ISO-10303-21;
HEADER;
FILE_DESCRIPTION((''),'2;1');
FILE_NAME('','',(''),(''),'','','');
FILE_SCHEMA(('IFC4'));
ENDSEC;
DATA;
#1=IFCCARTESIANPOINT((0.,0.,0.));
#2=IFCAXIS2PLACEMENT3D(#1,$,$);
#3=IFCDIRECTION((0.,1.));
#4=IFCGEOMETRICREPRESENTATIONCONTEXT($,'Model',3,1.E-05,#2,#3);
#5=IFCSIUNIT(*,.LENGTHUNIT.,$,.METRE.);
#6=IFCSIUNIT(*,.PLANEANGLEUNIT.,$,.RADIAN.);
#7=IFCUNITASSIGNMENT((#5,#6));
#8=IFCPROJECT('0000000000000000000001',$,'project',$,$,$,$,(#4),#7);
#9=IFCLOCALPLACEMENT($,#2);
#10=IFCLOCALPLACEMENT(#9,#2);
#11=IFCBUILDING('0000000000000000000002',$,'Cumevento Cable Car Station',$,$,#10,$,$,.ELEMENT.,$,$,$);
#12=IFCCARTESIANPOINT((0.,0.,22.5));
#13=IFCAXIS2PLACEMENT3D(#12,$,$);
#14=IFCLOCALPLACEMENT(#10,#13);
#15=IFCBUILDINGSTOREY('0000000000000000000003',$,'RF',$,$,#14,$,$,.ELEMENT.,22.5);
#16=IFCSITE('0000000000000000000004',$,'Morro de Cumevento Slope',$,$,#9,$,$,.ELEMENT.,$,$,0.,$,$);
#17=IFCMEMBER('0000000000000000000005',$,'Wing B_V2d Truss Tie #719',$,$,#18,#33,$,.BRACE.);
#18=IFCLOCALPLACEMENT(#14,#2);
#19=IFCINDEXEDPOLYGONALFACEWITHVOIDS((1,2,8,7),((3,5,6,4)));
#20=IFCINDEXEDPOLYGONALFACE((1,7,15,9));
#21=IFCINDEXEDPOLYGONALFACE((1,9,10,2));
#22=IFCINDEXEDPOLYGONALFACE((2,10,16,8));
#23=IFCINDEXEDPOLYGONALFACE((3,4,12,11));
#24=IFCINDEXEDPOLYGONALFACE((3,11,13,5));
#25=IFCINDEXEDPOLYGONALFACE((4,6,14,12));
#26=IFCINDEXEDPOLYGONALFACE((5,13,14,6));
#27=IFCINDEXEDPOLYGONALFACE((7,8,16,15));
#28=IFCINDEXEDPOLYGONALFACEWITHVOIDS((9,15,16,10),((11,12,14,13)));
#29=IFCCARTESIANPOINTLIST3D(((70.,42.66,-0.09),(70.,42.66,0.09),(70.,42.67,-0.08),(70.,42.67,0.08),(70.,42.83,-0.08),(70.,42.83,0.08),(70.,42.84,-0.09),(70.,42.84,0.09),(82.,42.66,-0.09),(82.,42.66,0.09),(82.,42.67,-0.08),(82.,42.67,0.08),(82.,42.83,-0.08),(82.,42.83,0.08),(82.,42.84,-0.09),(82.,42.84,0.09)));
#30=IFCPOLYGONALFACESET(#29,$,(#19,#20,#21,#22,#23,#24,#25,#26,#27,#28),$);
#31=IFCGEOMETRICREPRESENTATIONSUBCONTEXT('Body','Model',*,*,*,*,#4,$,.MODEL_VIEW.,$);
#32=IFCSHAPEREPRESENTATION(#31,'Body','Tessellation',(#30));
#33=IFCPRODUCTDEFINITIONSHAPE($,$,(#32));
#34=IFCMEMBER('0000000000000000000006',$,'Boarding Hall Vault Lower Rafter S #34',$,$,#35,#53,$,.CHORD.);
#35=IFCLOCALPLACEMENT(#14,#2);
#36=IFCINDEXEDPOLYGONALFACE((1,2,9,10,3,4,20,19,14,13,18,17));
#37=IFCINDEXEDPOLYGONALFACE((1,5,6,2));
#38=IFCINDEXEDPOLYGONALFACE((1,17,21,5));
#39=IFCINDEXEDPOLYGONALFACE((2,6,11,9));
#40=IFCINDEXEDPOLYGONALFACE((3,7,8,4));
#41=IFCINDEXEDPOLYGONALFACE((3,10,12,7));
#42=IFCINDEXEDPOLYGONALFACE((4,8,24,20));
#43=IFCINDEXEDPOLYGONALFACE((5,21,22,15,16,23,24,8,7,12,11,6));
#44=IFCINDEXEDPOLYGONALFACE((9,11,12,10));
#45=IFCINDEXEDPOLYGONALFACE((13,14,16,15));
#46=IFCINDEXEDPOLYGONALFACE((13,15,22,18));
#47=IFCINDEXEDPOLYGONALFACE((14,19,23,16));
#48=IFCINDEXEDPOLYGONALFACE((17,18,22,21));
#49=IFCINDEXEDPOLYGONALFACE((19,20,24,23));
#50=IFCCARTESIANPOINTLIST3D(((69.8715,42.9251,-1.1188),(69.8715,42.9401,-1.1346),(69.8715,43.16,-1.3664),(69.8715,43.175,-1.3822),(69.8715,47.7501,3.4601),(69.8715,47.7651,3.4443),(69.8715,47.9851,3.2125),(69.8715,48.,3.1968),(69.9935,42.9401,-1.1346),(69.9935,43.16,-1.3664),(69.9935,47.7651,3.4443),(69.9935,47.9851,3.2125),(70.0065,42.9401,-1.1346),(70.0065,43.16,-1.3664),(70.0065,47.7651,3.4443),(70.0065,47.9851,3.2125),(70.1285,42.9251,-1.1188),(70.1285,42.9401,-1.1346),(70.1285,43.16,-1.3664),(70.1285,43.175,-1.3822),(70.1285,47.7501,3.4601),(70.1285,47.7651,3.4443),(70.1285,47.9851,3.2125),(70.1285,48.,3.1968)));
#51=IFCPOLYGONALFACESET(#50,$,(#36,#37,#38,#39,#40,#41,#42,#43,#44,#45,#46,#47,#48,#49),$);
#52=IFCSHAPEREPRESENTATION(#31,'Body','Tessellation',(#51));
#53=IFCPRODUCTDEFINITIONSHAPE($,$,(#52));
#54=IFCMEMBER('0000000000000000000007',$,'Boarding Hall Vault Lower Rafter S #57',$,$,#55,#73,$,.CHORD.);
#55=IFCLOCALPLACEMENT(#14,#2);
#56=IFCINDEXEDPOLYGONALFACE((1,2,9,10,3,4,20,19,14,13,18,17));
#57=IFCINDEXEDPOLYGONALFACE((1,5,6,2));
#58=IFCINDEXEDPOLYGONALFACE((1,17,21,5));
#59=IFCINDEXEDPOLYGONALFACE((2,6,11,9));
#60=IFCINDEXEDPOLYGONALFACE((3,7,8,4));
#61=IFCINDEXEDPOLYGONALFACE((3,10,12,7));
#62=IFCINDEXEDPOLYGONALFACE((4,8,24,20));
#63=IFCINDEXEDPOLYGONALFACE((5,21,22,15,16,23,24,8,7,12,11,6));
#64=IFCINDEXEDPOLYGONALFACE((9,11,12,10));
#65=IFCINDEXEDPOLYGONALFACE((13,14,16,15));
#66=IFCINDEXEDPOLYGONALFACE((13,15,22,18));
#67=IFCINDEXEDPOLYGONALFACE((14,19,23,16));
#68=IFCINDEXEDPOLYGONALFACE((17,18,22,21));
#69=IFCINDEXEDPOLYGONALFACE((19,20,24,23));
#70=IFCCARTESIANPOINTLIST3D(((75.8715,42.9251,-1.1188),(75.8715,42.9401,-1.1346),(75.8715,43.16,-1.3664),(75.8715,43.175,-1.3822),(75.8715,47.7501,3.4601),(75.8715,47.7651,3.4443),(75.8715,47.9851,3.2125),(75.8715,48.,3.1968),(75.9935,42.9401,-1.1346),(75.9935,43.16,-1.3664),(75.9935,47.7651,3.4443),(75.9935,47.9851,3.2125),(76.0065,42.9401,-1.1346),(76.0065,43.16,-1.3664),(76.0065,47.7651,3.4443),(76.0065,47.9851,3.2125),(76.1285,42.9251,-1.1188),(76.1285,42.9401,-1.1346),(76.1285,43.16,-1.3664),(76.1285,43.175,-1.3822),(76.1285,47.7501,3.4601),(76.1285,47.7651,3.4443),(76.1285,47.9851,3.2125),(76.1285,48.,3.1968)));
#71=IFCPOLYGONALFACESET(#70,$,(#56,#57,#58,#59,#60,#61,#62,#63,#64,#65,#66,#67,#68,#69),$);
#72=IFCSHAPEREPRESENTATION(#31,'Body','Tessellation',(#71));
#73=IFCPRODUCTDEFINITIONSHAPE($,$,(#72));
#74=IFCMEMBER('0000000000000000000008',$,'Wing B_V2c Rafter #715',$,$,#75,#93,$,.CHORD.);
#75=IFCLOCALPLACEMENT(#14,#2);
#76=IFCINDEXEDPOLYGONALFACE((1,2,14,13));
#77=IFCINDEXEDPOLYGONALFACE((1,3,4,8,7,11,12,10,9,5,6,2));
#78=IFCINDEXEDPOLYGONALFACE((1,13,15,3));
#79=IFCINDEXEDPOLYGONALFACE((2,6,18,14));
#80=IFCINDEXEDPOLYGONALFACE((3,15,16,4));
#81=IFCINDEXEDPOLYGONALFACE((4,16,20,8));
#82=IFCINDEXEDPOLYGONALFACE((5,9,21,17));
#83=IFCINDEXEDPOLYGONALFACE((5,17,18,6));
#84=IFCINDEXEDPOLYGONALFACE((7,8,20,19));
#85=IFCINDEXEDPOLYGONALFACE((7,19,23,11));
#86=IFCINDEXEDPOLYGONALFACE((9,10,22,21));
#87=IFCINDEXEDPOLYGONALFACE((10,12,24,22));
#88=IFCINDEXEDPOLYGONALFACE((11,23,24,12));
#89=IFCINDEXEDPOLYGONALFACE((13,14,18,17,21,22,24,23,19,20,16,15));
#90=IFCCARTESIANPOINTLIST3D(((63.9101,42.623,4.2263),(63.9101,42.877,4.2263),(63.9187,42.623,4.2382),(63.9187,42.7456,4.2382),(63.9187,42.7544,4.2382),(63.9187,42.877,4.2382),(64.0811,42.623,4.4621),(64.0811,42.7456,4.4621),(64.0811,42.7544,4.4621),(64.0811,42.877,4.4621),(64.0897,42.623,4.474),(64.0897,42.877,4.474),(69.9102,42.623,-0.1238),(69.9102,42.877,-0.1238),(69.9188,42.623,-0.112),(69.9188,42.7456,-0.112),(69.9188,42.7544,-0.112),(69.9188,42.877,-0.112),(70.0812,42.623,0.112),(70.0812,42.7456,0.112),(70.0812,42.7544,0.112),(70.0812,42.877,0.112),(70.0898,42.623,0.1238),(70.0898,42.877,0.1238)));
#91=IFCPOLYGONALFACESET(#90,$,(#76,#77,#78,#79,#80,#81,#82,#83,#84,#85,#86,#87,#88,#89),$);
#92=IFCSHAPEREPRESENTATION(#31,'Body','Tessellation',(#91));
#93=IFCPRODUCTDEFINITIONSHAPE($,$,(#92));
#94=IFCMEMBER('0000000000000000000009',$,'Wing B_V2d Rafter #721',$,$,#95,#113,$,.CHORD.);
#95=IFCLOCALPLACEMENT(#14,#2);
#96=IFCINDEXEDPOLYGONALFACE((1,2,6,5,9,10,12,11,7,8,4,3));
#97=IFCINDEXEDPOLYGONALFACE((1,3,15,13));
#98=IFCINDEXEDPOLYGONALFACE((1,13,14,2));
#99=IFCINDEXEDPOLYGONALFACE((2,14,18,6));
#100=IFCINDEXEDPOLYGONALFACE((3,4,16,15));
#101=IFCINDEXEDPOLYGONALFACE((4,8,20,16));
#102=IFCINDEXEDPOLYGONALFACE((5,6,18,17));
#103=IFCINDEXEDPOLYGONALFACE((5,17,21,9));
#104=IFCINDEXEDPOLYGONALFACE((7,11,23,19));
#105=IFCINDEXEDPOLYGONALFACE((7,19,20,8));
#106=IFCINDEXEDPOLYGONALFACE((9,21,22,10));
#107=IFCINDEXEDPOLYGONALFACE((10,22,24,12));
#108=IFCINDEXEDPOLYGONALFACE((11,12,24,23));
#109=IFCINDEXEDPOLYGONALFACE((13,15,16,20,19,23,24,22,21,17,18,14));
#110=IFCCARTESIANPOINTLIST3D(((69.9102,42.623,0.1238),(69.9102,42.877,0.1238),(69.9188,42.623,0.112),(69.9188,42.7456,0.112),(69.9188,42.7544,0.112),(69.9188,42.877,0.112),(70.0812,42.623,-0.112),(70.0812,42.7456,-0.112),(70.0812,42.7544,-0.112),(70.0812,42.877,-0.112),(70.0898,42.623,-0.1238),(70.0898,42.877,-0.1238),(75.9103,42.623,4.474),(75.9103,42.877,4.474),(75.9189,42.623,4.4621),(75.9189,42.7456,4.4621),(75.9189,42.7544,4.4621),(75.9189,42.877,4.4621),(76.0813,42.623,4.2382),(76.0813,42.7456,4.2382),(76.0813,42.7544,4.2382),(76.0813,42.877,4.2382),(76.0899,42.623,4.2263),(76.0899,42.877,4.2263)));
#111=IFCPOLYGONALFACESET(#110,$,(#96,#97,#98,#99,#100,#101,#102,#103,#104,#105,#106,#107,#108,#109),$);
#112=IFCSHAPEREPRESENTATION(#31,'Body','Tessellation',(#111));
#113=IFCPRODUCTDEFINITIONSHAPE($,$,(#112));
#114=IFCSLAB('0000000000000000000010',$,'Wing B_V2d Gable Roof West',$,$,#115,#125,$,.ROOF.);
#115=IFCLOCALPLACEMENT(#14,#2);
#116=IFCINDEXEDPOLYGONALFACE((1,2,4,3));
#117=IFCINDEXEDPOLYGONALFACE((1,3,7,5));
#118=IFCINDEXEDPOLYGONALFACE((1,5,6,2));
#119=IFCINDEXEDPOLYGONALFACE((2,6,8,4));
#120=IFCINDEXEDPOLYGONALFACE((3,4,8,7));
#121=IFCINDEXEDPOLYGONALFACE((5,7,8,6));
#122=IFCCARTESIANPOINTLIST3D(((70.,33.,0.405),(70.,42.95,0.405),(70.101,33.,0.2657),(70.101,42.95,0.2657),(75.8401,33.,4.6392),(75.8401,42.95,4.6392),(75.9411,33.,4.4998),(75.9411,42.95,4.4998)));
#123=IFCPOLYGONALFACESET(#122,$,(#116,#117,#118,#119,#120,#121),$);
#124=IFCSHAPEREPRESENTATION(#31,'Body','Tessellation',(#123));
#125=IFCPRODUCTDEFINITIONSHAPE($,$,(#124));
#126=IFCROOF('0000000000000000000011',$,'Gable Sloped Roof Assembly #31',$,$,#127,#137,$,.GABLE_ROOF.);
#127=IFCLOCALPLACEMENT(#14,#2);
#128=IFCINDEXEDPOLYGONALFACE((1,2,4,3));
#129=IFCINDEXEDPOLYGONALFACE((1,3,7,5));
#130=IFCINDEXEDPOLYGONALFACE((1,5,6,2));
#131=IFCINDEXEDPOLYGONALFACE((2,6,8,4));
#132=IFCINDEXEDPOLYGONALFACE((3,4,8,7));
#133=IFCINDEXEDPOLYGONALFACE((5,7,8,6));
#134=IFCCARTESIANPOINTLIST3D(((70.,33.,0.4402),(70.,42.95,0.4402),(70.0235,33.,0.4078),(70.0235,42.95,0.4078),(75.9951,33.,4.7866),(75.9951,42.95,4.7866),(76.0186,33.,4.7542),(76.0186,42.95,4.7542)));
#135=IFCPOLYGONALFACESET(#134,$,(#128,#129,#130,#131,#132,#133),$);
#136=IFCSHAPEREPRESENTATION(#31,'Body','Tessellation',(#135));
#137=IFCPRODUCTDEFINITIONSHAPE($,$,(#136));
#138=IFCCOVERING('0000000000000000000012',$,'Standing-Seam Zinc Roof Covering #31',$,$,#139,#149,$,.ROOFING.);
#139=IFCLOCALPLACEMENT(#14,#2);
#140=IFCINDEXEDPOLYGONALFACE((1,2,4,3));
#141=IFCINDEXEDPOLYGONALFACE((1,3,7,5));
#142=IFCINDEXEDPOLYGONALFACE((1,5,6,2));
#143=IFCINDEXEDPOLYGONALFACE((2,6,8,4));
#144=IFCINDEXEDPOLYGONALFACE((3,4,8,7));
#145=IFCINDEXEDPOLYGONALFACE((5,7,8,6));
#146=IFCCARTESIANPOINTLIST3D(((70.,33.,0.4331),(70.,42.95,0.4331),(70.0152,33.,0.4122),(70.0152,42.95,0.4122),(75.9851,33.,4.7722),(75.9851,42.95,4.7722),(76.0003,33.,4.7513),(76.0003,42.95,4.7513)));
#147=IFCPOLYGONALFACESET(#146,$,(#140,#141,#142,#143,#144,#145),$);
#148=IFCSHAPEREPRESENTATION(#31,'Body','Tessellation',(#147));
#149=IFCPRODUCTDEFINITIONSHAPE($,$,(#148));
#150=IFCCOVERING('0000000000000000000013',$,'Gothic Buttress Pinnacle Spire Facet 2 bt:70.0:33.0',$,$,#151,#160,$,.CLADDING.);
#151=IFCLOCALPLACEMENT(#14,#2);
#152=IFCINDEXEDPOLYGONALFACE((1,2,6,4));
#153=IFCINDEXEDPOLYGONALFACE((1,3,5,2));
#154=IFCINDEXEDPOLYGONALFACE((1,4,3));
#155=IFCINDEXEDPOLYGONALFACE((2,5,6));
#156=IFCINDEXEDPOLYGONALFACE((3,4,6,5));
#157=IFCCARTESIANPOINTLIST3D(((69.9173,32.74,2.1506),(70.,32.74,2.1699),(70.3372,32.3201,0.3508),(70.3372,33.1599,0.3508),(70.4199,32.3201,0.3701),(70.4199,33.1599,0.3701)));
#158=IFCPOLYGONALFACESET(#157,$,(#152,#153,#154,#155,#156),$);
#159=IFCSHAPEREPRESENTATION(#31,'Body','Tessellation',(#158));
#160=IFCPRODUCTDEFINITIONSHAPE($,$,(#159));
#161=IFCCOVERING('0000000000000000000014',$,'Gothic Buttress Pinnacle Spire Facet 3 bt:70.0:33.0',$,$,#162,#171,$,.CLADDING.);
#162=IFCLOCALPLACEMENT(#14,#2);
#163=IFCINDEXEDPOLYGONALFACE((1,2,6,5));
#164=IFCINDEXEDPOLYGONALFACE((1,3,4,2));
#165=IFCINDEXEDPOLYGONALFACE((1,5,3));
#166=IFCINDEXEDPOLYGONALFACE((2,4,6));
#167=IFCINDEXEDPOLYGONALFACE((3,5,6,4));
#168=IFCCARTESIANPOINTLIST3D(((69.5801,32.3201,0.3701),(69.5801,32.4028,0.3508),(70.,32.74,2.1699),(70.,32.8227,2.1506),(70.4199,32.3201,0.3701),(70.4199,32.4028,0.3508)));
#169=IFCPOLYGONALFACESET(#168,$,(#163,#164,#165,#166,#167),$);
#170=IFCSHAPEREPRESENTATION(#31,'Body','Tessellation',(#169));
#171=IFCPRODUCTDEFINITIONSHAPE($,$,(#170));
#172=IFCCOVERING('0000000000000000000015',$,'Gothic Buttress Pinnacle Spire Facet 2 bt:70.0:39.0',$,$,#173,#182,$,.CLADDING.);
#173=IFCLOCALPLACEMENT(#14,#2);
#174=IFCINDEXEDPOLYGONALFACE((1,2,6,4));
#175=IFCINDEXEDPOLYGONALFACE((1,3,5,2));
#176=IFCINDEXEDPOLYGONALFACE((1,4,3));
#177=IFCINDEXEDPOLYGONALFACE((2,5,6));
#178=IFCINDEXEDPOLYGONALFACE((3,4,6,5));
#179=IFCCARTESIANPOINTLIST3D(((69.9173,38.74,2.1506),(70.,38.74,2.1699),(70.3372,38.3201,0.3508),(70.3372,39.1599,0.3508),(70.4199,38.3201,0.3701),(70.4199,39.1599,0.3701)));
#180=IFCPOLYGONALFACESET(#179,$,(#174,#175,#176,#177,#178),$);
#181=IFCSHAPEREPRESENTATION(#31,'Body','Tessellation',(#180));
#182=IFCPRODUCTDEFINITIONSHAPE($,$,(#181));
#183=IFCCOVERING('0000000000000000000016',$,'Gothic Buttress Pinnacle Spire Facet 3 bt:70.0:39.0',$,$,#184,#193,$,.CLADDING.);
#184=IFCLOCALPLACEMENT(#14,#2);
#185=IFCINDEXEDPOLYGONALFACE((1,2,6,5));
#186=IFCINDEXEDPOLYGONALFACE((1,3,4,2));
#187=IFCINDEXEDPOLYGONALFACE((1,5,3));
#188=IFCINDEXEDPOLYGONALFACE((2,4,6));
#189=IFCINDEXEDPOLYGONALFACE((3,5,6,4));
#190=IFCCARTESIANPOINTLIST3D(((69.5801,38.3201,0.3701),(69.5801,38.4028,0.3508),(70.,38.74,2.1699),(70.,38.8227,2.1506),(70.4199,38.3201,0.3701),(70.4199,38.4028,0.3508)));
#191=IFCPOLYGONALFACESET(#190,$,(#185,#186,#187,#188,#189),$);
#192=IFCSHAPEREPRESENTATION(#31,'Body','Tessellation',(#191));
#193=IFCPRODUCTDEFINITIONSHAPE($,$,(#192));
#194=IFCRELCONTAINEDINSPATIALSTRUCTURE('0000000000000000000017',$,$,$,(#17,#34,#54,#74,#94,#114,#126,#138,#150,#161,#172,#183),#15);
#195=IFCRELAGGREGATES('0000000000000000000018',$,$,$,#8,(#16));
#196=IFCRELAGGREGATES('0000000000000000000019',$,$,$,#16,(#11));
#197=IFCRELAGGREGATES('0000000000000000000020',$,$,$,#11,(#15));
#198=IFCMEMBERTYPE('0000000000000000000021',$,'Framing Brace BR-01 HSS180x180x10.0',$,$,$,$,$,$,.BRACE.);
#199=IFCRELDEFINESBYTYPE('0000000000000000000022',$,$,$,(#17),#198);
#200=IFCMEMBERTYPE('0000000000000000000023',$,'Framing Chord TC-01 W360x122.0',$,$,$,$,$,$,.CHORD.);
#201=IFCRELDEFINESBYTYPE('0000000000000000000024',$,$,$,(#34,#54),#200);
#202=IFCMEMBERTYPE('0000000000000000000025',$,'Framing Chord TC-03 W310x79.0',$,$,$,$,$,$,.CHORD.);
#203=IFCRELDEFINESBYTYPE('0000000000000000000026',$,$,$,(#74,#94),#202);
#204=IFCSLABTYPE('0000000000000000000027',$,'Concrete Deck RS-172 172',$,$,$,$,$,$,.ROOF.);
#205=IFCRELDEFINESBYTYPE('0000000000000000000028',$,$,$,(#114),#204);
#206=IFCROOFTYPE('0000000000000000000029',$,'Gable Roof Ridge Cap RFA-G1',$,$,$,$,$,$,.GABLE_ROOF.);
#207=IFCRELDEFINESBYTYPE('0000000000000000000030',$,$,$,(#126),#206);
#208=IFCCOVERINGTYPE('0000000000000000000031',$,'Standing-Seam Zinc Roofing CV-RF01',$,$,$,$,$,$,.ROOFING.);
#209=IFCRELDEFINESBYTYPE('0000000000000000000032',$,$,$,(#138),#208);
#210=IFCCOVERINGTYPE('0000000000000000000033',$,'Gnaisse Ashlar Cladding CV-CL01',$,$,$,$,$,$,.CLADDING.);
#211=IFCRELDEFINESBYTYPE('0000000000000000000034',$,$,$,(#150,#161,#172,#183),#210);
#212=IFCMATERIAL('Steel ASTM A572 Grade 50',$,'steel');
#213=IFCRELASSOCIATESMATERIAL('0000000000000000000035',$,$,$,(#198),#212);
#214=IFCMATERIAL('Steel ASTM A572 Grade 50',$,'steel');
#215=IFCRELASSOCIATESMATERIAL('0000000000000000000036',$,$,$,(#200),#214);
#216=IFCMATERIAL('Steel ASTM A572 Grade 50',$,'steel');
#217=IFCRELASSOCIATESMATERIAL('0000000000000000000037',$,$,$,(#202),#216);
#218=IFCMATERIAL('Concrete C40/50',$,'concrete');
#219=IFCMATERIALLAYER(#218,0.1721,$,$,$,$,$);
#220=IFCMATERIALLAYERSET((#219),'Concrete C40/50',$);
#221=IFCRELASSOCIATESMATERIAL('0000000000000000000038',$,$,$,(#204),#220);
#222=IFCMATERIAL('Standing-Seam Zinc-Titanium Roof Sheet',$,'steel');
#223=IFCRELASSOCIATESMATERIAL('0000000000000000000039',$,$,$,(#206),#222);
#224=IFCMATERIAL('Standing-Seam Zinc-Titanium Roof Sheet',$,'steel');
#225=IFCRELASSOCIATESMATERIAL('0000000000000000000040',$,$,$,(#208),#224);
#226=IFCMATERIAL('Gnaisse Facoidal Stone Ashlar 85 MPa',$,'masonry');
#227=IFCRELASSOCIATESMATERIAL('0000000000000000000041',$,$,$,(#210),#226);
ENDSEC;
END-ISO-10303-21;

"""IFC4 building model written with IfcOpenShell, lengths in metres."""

from ifc_helpers import new_model, si_unit, direction, frame, origin, origin_2d, place, context, subcontext, project, spatial, polyline, hollow_rectangle, i_section, outline, extrude, material, layer, layer_set, material_profile, profile_set, type_object, element, save


model = new_model("IFC4")

# Units and contexts
model_context = context("Model", 3, precision=1e-05, world=origin(), true_north=direction((0.0, 1.0)))
body_context = subcontext(model_context, "Body", "Model", "MODEL_VIEW")
ifc_project = project(units=[si_unit("LENGTHUNIT", "METRE"), si_unit("PLANEANGLEUNIT", "RADIAN")], contexts=[model_context])

# Site, building, storey
site_placement = place(None, origin())
site = spatial("IfcSite", under=ifc_project, at=site_placement, Name="Morro de Cumevento Slope", CompositionType="ELEMENT", RefElevation=0.0)
building_placement = place(site_placement, origin())
building = spatial("IfcBuilding", under=site, at=building_placement, Name="Cumevento Cable Car Station", CompositionType="ELEMENT")
storey_placement = place(building_placement, frame((0.0, 0.0, 22.5)))
storey = spatial("IfcBuildingStorey", under=building, at=storey_placement, Name="RF", CompositionType="ELEMENT", Elevation=22.5)

# Members
ifc_material_1 = material(Name="Steel ASTM A572 Grade 50", Category="steel")
ifc_material_profile_1 = material_profile(ifc_material_1, hollow_rectangle(XDim=0.1799, YDim=0.1799, WallThickness=0.01, at=origin_2d()), Name="HSS180x180x10.0")
ifc_profile_set_1 = profile_set([ifc_material_profile_1], Name="Steel ASTM A572 Grade 50")
member_type_1 = type_object("IfcMemberType", Name="Framing Brace BR-01 HSS180x180x10.0", PredefinedType="BRACE", material=ifc_profile_set_1)
member_placement = place(storey_placement, frame((70.0, 42.75, 0.0), z_axis=(1.0, 0.0, 0.0), x_axis=(0.0, 1.0, 0.0)))
element("IfcMember", 1, at=member_placement, inside=storey, type_object=member_type_1, Name="Wing B_V2d Truss Tie #719", PredefinedType="BRACE", context=body_context, shape_type="SweptSolid", body=[
    extrude(hollow_rectangle(XDim=0.1799, YDim=0.1799, WallThickness=0.01, at=origin_2d()), origin(), (0.0, 0.0, 1.0), 12.0),
])
ifc_material_2 = material(Name="Steel ASTM A572 Grade 50", Category="steel")
ifc_material_profile_2 = material_profile(ifc_material_2, i_section(OverallWidth=0.2571, OverallDepth=0.363, WebThickness=0.0129, FlangeThickness=0.0217, at=origin_2d()), Name="W360x122.0")
ifc_profile_set_2 = profile_set([ifc_material_profile_2], Name="Steel ASTM A572 Grade 50")
member_type_2 = type_object("IfcMemberType", Name="Framing Chord TC-01 W360x122.0", PredefinedType="CHORD", material=ifc_profile_set_2)
for number, where, z_axis, x_axis, name in (
    (2, (70.0, 43.05, -1.2505), (0.0, 0.725363, 0.688366), (-1.0, 0.0, 0.0), "Boarding Hall Vault Lower Rafter S #34"),
    (3, (76.0, 43.05, -1.2505), (0.0, 0.725363, 0.688366), (-1.0, 0.0, 0.0), "Boarding Hall Vault Lower Rafter S #57"),
):
    element("IfcMember", number, at=place(storey_placement, frame(where, z_axis=z_axis, x_axis=x_axis)), inside=storey, type_object=member_type_2, Name=name, PredefinedType="CHORD", context=body_context, shape_type="SweptSolid", body=[
        extrude(i_section(OverallWidth=0.2571, OverallDepth=0.363, WebThickness=0.0129, FlangeThickness=0.0217, at=origin_2d()), origin(), (0.0, 0.0, 1.0), 6.6519),
    ])
ifc_material_3 = material(Name="Steel ASTM A572 Grade 50", Category="steel")
ifc_material_profile_3 = material_profile(ifc_material_3, i_section(OverallWidth=0.2539, OverallDepth=0.3059, WebThickness=0.0088, FlangeThickness=0.0146, at=origin_2d()), Name="W310x79.0")
ifc_profile_set_3 = profile_set([ifc_material_profile_3], Name="Steel ASTM A572 Grade 50")
member_type_3 = type_object("IfcMemberType", Name="Framing Chord TC-03 W310x79.0", PredefinedType="CHORD", material=ifc_profile_set_3)
for number, where, z_axis, x_axis, name in (
    (4, (70.0, 42.75, 0.0), (-0.809604, 0.0, 0.586976), (0.0, -1.0, 0.0), "Wing B_V2c Rafter #715"),
    (5, (70.0, 42.75, 0.0), (0.809604, 0.0, 0.586976), (0.0, 1.0, 0.0), "Wing B_V2d Rafter #721"),
):
    element("IfcMember", number, at=place(storey_placement, frame(where, z_axis=z_axis, x_axis=x_axis)), inside=storey, type_object=member_type_3, Name=name, PredefinedType="CHORD", context=body_context, shape_type="SweptSolid", body=[
        extrude(i_section(OverallWidth=0.2539, OverallDepth=0.3059, WebThickness=0.0088, FlangeThickness=0.0146, at=origin_2d()), origin(), (0.0, 0.0, 1.0), 7.4111),
    ])

# Slab
ifc_material_4 = material(Name="Concrete C40/50", Category="concrete")
ifc_layer = layer(ifc_material_4, 0.1721)
ifc_layer_set = layer_set([ifc_layer], Name="Concrete C40/50")
slab_type = type_object("IfcSlabType", Name="Concrete Deck RS-172 172", PredefinedType="ROOF", material=ifc_layer_set)
slab_placement = place(storey_placement, frame((70.0, 42.95, 0.405), z_axis=(-0.586974, 0.0, 0.809606), x_axis=(0.0, -1.0, 0.0)))
element("IfcSlab", 6, at=slab_placement, inside=storey, type_object=slab_type, Name="Wing B_V2d Gable Roof West", PredefinedType="ROOF", context=body_context, shape_type="SweptSolid", body=[
    extrude(outline(polyline([(0.0, 0.0), (9.95, 0.0), (9.95, 7.2135), (0.0, 7.2135), (0.0, 0.0)])), origin(), (0.0, 0.0, -1.0), 0.1721),
])

# Roof
ifc_material_5 = material(Name="Standing-Seam Zinc-Titanium Roof Sheet", Category="steel")
roof_type = type_object("IfcRoofType", Name="Gable Roof Ridge Cap RFA-G1", PredefinedType="GABLE_ROOF", material=ifc_material_5)
roof_placement = place(storey_placement, frame((70.0, 42.95, 0.4402), z_axis=(-0.586965, 0.0, 0.809612), x_axis=(0.0, -1.0, 0.0)))
element("IfcRoof", 7, at=roof_placement, inside=storey, type_object=roof_type, Name="Gable Sloped Roof Assembly #31", PredefinedType="GABLE_ROOF", context=body_context, shape_type="SweptSolid", body=[
    extrude(outline(polyline([(0.0, 0.0), (9.95, 0.0), (9.95, 7.4049), (0.0, 7.4049), (0.0, 0.0)])), origin(), (0.0, 0.0, -1.0), 0.04),
])

# Coverings
ifc_material_6 = material(Name="Standing-Seam Zinc-Titanium Roof Sheet", Category="steel")
covering_type_1 = type_object("IfcCoveringType", Name="Standing-Seam Zinc Roofing CV-RF01", PredefinedType="ROOFING", material=ifc_material_6)
covering_1_placement = place(storey_placement, frame((70.0, 42.95, 0.4331), z_axis=(-0.586959, 0.0, 0.809616), x_axis=(0.0, -1.0, 0.0)))
element("IfcCovering", 8, at=covering_1_placement, inside=storey, type_object=covering_type_1, Name="Standing-Seam Zinc Roof Covering #31", PredefinedType="ROOFING", context=body_context, shape_type="SweptSolid", body=[
    extrude(outline(polyline([(0.0, 0.0), (9.95, 0.0), (9.95, 7.3925), (0.0, 7.3925), (0.0, 0.0)])), origin(), (0.0, 0.0, -1.0), 0.0259),
])
ifc_material_7 = material(Name="Gnaisse Facoidal Stone Ashlar 85 MPa", Category="masonry")
covering_type_2 = type_object("IfcCoveringType", Name="Gnaisse Ashlar Cladding CV-CL01", PredefinedType="CLADDING", material=ifc_material_7)
for number, where, z_axis, x_axis, name in (
    (9, (70.4199, 33.1599, 0.3701), (0.973845, 0.0, 0.227213), (0.0, -1.0, 0.0), "Gothic Buttress Pinnacle Spire Facet 2 bt:70.0:33.0"),
    (10, (70.4199, 32.3201, 0.3701), (0.0, -0.973845, 0.227213), (-1.0, 0.0, 0.0), "Gothic Buttress Pinnacle Spire Facet 3 bt:70.0:33.0"),
    (11, (70.4199, 39.1599, 0.3701), (0.973845, 0.0, 0.227213), (0.0, -1.0, 0.0), "Gothic Buttress Pinnacle Spire Facet 2 bt:70.0:39.0"),
    (12, (70.4199, 38.3201, 0.3701), (0.0, -0.973845, 0.227213), (-1.0, 0.0, 0.0), "Gothic Buttress Pinnacle Spire Facet 3 bt:70.0:39.0"),
):
    element("IfcCovering", number, at=place(storey_placement, frame(where, z_axis=z_axis, x_axis=x_axis)), inside=storey, type_object=covering_type_2, Name=name, PredefinedType="CLADDING", context=body_context, shape_type="SweptSolid", body=[
        extrude(outline(polyline([(0.0, 0.0), (0.8398, 0.0), (0.4199, -1.8481), (0.0, 0.0)])), origin(), (0.0, 0.0, -1.0), 0.085),
    ])

save(model, "model.ifc")
